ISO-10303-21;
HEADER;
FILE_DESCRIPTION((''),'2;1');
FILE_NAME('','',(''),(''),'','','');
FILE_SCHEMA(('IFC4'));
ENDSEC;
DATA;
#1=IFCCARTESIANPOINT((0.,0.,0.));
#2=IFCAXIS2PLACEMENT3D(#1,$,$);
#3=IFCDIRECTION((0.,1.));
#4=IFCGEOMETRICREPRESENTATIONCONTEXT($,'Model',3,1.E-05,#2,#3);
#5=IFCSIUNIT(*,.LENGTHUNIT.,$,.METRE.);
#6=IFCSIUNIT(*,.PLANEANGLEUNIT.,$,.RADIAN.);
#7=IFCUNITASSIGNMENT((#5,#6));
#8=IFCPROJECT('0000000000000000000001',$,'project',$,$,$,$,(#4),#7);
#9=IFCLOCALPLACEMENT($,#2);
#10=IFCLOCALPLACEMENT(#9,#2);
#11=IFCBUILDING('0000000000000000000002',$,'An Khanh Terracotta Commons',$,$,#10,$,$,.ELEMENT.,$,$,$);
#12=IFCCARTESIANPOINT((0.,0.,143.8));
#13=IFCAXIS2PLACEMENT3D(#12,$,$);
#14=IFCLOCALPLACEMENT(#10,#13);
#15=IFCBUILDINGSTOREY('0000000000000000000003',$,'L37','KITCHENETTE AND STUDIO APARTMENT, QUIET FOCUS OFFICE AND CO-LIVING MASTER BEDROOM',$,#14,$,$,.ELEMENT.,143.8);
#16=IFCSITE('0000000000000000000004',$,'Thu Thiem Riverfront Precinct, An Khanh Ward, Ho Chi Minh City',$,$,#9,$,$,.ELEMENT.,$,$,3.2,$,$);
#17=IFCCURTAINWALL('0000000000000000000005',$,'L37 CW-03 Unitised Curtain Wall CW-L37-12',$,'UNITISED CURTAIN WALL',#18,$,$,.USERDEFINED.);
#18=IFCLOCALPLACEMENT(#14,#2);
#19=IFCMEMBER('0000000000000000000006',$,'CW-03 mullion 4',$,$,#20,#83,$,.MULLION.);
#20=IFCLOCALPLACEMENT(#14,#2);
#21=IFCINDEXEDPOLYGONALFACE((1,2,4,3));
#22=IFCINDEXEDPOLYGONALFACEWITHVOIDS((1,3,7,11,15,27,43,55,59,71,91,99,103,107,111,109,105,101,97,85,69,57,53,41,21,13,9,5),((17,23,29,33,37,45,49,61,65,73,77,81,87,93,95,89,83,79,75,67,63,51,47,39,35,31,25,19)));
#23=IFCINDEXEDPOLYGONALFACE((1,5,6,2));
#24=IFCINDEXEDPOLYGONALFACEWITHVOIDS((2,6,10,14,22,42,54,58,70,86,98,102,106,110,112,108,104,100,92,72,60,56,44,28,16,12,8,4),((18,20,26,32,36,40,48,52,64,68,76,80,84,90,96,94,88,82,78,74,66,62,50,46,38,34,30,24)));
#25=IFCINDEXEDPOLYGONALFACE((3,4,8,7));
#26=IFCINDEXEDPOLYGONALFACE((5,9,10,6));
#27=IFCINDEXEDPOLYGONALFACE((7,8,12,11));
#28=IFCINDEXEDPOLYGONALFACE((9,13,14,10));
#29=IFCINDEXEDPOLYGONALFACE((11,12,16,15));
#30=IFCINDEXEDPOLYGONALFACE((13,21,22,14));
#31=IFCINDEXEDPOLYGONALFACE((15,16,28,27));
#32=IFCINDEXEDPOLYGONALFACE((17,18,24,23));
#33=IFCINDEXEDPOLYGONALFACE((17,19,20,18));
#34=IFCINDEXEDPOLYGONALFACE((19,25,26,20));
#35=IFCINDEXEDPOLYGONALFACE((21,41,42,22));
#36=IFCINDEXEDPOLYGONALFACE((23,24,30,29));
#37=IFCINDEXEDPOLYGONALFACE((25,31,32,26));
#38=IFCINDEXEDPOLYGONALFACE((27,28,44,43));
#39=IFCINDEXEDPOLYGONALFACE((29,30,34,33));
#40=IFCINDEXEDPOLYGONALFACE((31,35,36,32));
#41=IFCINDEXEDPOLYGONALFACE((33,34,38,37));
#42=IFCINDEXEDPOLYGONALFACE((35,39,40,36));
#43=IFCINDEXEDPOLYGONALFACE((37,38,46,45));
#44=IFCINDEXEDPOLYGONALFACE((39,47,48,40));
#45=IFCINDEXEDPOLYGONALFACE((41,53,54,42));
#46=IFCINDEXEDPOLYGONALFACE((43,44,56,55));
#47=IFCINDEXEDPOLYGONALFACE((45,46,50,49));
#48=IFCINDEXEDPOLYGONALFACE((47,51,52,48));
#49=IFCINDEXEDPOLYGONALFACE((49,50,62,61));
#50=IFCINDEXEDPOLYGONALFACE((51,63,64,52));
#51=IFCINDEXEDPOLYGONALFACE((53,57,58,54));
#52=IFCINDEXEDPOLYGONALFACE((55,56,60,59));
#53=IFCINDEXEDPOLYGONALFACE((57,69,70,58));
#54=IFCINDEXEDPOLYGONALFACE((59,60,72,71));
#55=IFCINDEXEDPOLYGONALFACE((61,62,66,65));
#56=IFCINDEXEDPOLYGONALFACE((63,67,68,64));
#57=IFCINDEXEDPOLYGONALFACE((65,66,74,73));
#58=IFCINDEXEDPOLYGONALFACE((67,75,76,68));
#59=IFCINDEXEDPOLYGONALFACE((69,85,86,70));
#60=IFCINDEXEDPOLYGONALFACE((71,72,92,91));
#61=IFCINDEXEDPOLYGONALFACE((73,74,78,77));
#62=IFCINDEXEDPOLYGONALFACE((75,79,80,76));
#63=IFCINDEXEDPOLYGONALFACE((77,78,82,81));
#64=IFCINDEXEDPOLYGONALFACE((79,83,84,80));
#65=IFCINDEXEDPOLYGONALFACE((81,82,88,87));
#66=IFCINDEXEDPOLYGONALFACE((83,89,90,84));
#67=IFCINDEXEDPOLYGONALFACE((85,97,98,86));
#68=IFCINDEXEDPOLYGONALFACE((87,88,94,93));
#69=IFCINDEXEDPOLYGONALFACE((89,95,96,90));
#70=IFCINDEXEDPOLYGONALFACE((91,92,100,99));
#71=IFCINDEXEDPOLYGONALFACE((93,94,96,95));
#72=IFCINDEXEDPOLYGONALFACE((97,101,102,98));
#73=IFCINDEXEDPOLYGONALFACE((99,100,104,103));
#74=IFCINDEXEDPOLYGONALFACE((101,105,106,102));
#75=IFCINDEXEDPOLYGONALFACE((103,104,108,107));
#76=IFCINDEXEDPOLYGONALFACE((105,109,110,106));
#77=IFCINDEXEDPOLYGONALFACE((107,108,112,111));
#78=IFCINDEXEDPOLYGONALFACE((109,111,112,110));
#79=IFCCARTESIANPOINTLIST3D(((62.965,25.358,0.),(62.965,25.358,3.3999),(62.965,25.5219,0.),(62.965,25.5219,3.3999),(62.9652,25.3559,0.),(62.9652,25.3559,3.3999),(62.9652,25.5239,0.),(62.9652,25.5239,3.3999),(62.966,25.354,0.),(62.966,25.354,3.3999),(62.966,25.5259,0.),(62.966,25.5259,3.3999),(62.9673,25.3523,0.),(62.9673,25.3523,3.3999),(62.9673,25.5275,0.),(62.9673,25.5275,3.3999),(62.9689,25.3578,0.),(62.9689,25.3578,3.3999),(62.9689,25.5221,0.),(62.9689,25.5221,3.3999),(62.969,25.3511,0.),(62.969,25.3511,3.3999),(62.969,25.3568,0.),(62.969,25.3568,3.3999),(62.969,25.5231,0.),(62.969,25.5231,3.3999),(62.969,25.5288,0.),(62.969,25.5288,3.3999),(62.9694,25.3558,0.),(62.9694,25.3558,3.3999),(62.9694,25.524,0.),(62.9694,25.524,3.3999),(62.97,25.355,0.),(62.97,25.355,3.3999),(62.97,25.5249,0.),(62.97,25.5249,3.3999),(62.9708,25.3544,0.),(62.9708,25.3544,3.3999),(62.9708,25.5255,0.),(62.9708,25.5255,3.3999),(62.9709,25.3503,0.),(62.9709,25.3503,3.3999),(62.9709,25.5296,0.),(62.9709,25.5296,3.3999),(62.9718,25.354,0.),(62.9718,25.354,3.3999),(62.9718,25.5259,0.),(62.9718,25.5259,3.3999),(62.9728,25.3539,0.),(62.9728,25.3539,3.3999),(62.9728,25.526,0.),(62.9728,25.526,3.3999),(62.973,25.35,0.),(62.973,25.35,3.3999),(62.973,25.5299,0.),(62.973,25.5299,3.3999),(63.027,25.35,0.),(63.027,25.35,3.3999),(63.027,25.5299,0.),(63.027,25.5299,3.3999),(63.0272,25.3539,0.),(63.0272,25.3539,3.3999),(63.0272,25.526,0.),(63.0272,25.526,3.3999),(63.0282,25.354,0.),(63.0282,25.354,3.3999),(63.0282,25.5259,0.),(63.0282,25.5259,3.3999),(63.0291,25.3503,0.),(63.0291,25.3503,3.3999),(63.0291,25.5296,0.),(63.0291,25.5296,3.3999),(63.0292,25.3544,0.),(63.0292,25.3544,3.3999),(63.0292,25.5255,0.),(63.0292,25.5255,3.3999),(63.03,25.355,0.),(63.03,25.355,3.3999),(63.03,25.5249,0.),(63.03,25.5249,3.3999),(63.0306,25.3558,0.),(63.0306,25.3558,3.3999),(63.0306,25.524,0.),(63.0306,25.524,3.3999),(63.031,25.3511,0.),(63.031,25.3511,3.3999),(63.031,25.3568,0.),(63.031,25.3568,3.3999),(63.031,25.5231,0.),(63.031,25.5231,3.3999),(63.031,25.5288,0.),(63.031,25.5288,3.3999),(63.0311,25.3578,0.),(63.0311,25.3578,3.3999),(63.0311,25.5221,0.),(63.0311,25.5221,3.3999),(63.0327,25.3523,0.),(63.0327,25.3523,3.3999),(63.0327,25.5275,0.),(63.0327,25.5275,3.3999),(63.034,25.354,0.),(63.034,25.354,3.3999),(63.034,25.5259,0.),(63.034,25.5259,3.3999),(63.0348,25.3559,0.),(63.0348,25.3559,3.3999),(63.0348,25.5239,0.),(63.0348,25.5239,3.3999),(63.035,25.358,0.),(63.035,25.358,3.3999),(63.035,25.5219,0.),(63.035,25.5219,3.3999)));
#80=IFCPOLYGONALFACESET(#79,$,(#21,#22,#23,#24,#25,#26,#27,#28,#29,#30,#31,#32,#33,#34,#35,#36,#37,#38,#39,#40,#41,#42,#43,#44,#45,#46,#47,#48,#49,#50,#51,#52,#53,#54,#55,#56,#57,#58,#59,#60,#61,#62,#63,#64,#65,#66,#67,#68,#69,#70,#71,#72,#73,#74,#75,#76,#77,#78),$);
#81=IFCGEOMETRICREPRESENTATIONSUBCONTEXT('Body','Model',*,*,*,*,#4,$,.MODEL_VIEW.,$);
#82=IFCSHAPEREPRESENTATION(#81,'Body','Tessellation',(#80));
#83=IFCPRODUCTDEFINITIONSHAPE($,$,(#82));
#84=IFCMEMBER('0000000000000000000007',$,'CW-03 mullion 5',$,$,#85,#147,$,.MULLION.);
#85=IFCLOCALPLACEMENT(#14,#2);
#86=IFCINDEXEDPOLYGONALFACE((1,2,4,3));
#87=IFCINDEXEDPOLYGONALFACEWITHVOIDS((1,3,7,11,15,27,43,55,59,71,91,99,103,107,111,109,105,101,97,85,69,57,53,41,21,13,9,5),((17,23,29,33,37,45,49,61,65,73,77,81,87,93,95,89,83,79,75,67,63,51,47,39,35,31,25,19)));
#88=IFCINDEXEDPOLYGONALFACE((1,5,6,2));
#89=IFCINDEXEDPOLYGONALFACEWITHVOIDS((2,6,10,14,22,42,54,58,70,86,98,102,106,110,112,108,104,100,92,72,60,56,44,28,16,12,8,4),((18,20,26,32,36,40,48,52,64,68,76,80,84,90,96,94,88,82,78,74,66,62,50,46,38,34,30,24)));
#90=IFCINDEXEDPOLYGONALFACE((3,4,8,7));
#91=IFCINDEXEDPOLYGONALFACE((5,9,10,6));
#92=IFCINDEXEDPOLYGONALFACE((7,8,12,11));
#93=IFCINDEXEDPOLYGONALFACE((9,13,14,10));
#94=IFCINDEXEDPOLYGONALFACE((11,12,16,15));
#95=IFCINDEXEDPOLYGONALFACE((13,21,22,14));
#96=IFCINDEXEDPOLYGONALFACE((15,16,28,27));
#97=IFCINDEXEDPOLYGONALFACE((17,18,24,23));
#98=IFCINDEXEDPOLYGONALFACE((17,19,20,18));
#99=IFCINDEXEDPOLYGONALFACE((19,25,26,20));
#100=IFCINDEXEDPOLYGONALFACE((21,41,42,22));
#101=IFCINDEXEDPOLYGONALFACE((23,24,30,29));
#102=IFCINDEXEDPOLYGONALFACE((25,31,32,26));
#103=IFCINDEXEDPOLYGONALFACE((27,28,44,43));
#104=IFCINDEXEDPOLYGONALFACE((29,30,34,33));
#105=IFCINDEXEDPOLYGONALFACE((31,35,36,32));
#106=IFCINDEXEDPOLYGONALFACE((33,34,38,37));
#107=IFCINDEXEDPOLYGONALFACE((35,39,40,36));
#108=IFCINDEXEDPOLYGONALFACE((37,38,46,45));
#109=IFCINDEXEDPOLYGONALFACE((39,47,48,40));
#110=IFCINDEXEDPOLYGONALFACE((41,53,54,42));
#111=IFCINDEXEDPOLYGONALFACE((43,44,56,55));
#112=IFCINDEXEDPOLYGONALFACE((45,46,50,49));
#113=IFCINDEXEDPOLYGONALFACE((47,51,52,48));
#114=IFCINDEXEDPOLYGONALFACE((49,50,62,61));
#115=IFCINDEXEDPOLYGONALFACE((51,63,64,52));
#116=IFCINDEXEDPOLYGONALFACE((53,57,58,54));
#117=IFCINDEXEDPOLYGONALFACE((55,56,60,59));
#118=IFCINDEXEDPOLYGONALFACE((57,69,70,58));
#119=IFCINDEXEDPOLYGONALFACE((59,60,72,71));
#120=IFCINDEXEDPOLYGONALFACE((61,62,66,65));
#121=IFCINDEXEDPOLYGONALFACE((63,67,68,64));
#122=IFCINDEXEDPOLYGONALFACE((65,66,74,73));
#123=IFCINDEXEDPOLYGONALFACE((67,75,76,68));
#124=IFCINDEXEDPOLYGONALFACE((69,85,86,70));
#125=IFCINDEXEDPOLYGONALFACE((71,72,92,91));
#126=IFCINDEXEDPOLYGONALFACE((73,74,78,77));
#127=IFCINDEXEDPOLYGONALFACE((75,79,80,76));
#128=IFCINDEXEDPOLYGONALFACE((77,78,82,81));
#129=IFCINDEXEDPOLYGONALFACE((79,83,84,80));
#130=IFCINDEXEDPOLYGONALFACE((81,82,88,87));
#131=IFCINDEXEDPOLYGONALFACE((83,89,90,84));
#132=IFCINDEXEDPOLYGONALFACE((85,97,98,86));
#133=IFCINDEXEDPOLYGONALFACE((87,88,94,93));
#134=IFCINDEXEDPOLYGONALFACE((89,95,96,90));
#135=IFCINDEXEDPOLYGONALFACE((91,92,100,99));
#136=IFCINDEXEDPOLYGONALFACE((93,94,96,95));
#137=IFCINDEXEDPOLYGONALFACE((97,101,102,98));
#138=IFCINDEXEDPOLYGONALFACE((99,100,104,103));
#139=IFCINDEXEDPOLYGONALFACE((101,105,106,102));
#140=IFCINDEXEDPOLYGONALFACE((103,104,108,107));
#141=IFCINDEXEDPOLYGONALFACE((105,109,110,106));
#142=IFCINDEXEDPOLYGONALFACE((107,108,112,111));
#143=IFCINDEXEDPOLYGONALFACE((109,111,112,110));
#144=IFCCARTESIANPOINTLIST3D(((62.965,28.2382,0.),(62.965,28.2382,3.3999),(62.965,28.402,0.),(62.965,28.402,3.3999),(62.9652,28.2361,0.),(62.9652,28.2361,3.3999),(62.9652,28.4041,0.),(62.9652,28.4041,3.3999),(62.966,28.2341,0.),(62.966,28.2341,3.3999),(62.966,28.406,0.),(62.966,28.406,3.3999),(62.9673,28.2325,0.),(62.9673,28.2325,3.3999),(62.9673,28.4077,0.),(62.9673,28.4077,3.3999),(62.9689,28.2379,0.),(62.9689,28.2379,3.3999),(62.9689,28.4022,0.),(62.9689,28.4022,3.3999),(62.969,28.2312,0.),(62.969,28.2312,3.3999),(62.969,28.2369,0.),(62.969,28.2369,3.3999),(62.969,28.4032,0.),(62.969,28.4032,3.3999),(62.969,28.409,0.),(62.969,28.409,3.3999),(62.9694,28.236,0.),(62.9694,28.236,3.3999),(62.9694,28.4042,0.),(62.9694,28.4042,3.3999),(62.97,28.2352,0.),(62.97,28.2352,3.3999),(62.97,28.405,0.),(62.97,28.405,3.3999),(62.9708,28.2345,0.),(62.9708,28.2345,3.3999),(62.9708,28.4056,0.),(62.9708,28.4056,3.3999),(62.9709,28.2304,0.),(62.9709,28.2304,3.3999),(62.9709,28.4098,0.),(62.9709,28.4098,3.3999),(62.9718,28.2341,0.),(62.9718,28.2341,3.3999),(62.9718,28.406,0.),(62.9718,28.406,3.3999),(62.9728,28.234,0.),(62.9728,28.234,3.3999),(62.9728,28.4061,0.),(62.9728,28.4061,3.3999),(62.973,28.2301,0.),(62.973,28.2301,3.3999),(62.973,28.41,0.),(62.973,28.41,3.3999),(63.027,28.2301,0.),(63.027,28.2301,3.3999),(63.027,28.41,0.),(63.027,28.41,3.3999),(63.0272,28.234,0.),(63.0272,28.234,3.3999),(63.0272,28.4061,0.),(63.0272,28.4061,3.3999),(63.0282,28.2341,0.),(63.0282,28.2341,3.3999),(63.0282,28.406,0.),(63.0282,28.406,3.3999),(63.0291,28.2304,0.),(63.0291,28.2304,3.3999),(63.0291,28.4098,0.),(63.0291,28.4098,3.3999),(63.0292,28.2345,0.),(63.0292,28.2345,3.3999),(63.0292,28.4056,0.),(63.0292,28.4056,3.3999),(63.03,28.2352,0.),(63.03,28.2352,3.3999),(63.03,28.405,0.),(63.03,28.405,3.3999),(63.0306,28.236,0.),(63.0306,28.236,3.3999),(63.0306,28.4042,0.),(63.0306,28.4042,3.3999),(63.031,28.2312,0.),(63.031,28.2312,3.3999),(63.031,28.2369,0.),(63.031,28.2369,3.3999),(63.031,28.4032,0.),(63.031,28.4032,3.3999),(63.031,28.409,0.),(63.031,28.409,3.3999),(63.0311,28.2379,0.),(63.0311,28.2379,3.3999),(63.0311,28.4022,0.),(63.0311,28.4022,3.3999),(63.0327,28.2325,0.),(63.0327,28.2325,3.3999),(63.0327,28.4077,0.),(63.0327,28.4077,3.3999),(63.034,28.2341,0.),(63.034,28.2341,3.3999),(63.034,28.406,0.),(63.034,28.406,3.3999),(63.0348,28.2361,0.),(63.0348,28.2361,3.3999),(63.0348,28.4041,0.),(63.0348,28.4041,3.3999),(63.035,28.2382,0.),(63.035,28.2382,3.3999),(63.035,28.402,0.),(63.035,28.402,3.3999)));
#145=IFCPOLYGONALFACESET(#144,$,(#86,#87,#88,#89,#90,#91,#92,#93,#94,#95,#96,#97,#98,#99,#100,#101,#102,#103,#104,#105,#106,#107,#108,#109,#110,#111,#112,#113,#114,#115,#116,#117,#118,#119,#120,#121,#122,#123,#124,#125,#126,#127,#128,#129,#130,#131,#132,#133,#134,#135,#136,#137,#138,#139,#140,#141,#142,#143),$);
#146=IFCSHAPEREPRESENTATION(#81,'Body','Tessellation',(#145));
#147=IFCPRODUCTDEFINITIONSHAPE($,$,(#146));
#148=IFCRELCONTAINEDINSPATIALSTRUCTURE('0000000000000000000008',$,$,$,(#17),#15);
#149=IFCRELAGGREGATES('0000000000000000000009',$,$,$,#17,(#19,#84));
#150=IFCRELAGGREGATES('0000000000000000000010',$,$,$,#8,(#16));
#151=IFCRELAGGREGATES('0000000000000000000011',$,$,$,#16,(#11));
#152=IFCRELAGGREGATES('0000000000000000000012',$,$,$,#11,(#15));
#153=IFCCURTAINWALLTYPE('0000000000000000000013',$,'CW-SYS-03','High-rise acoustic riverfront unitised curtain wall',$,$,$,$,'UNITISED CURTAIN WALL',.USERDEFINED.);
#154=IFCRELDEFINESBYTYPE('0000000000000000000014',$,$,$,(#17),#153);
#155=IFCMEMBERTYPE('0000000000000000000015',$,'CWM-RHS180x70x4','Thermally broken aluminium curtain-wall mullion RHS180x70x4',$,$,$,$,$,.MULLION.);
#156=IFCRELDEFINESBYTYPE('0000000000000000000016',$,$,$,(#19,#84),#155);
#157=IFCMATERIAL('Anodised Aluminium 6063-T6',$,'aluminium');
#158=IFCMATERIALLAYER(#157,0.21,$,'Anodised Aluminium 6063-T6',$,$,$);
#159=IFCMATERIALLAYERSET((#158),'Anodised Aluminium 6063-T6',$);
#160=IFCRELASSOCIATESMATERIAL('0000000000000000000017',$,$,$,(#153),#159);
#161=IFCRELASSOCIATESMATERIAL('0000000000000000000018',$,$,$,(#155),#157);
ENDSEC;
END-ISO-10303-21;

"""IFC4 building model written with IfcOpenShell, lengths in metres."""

from ifc_helpers import new_model, si_unit, direction, frame, origin, origin_2d, place, context, subcontext, project, spatial, hollow_rectangle, extrude, material, layer, layer_set, material_profile, profile_set, type_object, element, aggregate, save


model = new_model("IFC4")

# Units and contexts
model_context = context("Model", 3, precision=1e-05, world=origin(), true_north=direction((0.0, 1.0)))
body_context = subcontext(model_context, "Body", "Model", "MODEL_VIEW")
ifc_project = project(units=[si_unit("LENGTHUNIT", "METRE"), si_unit("PLANEANGLEUNIT", "RADIAN")], contexts=[model_context])

# Site, building, storey
site_placement = place(None, origin())
site = spatial("IfcSite", under=ifc_project, at=site_placement, Name="Thu Thiem Riverfront Precinct, An Khanh Ward, Ho Chi Minh City", CompositionType="ELEMENT", RefElevation=3.2)
building_placement = place(site_placement, origin())
building = spatial("IfcBuilding", under=site, at=building_placement, Name="An Khanh Terracotta Commons", CompositionType="ELEMENT")
storey_placement = place(building_placement, frame((0.0, 0.0, 143.8)))
storey = spatial("IfcBuildingStorey", under=building, at=storey_placement, Name="L37", Description="KITCHENETTE AND STUDIO APARTMENT, QUIET FOCUS OFFICE AND CO-LIVING MASTER BEDROOM", CompositionType="ELEMENT", Elevation=143.8)

# Curtain wall, members
ifc_material_1 = material(Name="Anodised Aluminium 6063-T6", Category="aluminium")
ifc_layer_1 = layer(ifc_material_1, 0.21, Name="Anodised Aluminium 6063-T6")
ifc_layer_set_1 = layer_set([ifc_layer_1], Name="Anodised Aluminium 6063-T6")
curtain_wall_type = type_object("IfcCurtainWallType", Name="CW-SYS-03", Description="High-rise acoustic riverfront unitised curtain wall", ElementType="UNITISED CURTAIN WALL", PredefinedType="USERDEFINED", material=ifc_layer_set_1)
curtain_wall_1_placement = place(storey_placement, origin())
curtain_wall_1 = element("IfcCurtainWall", 1, at=curtain_wall_1_placement, inside=storey, type_object=curtain_wall_type, Name="L37 CW-03 Unitised Curtain Wall CW-L37-12", ObjectType="UNITISED CURTAIN WALL", PredefinedType="USERDEFINED")
ifc_material_profile_1 = material_profile(ifc_material_1, hollow_rectangle(XDim=0.0701, YDim=0.1799, WallThickness=0.0039, InnerFilletRadius=0.0039, OuterFilletRadius=0.0081, at=origin_2d()), Name="RHS180x70x4")
ifc_profile_set_1 = profile_set([ifc_material_profile_1], Name="Anodised Aluminium 6063-T6")
member_type_1 = type_object("IfcMemberType", Name="CWM-RHS180x70x4", Description="Thermally broken aluminium curtain-wall mullion RHS180x70x4", PredefinedType="MULLION", material=ifc_profile_set_1)
member_1_placement = place(storey_placement, frame((63.0, 25.4399, 0.0), z_axis=(0.0, 0.0, 1.0), x_axis=(-1.0, 0.0, 0.0)))
member_1 = element("IfcMember", 2, at=member_1_placement, type_object=member_type_1, Name="CW-03 mullion 4", PredefinedType="MULLION", context=body_context, shape_type="SweptSolid", body=[
    extrude(hollow_rectangle(XDim=0.0701, YDim=0.1799, WallThickness=0.0039, InnerFilletRadius=0.0039, OuterFilletRadius=0.0081, at=origin_2d()), origin(), (0.0, 0.0, 1.0), 3.3999),
])
member_2_placement = place(storey_placement, frame((63.0, 28.3201, 0.0), z_axis=(0.0, 0.0, 1.0), x_axis=(-1.0, 0.0, 0.0)))
member_2 = element("IfcMember", 3, at=member_2_placement, type_object=member_type_1, Name="CW-03 mullion 5", PredefinedType="MULLION", context=body_context, shape_type="SweptSolid", body=[
    extrude(hollow_rectangle(XDim=0.0701, YDim=0.1799, WallThickness=0.0039, InnerFilletRadius=0.0039, OuterFilletRadius=0.0081, at=origin_2d()), origin(), (0.0, 0.0, 1.0), 3.3999),
])

aggregate(curtain_wall_1, [member_1, member_2])

save(model, "model.ifc")
